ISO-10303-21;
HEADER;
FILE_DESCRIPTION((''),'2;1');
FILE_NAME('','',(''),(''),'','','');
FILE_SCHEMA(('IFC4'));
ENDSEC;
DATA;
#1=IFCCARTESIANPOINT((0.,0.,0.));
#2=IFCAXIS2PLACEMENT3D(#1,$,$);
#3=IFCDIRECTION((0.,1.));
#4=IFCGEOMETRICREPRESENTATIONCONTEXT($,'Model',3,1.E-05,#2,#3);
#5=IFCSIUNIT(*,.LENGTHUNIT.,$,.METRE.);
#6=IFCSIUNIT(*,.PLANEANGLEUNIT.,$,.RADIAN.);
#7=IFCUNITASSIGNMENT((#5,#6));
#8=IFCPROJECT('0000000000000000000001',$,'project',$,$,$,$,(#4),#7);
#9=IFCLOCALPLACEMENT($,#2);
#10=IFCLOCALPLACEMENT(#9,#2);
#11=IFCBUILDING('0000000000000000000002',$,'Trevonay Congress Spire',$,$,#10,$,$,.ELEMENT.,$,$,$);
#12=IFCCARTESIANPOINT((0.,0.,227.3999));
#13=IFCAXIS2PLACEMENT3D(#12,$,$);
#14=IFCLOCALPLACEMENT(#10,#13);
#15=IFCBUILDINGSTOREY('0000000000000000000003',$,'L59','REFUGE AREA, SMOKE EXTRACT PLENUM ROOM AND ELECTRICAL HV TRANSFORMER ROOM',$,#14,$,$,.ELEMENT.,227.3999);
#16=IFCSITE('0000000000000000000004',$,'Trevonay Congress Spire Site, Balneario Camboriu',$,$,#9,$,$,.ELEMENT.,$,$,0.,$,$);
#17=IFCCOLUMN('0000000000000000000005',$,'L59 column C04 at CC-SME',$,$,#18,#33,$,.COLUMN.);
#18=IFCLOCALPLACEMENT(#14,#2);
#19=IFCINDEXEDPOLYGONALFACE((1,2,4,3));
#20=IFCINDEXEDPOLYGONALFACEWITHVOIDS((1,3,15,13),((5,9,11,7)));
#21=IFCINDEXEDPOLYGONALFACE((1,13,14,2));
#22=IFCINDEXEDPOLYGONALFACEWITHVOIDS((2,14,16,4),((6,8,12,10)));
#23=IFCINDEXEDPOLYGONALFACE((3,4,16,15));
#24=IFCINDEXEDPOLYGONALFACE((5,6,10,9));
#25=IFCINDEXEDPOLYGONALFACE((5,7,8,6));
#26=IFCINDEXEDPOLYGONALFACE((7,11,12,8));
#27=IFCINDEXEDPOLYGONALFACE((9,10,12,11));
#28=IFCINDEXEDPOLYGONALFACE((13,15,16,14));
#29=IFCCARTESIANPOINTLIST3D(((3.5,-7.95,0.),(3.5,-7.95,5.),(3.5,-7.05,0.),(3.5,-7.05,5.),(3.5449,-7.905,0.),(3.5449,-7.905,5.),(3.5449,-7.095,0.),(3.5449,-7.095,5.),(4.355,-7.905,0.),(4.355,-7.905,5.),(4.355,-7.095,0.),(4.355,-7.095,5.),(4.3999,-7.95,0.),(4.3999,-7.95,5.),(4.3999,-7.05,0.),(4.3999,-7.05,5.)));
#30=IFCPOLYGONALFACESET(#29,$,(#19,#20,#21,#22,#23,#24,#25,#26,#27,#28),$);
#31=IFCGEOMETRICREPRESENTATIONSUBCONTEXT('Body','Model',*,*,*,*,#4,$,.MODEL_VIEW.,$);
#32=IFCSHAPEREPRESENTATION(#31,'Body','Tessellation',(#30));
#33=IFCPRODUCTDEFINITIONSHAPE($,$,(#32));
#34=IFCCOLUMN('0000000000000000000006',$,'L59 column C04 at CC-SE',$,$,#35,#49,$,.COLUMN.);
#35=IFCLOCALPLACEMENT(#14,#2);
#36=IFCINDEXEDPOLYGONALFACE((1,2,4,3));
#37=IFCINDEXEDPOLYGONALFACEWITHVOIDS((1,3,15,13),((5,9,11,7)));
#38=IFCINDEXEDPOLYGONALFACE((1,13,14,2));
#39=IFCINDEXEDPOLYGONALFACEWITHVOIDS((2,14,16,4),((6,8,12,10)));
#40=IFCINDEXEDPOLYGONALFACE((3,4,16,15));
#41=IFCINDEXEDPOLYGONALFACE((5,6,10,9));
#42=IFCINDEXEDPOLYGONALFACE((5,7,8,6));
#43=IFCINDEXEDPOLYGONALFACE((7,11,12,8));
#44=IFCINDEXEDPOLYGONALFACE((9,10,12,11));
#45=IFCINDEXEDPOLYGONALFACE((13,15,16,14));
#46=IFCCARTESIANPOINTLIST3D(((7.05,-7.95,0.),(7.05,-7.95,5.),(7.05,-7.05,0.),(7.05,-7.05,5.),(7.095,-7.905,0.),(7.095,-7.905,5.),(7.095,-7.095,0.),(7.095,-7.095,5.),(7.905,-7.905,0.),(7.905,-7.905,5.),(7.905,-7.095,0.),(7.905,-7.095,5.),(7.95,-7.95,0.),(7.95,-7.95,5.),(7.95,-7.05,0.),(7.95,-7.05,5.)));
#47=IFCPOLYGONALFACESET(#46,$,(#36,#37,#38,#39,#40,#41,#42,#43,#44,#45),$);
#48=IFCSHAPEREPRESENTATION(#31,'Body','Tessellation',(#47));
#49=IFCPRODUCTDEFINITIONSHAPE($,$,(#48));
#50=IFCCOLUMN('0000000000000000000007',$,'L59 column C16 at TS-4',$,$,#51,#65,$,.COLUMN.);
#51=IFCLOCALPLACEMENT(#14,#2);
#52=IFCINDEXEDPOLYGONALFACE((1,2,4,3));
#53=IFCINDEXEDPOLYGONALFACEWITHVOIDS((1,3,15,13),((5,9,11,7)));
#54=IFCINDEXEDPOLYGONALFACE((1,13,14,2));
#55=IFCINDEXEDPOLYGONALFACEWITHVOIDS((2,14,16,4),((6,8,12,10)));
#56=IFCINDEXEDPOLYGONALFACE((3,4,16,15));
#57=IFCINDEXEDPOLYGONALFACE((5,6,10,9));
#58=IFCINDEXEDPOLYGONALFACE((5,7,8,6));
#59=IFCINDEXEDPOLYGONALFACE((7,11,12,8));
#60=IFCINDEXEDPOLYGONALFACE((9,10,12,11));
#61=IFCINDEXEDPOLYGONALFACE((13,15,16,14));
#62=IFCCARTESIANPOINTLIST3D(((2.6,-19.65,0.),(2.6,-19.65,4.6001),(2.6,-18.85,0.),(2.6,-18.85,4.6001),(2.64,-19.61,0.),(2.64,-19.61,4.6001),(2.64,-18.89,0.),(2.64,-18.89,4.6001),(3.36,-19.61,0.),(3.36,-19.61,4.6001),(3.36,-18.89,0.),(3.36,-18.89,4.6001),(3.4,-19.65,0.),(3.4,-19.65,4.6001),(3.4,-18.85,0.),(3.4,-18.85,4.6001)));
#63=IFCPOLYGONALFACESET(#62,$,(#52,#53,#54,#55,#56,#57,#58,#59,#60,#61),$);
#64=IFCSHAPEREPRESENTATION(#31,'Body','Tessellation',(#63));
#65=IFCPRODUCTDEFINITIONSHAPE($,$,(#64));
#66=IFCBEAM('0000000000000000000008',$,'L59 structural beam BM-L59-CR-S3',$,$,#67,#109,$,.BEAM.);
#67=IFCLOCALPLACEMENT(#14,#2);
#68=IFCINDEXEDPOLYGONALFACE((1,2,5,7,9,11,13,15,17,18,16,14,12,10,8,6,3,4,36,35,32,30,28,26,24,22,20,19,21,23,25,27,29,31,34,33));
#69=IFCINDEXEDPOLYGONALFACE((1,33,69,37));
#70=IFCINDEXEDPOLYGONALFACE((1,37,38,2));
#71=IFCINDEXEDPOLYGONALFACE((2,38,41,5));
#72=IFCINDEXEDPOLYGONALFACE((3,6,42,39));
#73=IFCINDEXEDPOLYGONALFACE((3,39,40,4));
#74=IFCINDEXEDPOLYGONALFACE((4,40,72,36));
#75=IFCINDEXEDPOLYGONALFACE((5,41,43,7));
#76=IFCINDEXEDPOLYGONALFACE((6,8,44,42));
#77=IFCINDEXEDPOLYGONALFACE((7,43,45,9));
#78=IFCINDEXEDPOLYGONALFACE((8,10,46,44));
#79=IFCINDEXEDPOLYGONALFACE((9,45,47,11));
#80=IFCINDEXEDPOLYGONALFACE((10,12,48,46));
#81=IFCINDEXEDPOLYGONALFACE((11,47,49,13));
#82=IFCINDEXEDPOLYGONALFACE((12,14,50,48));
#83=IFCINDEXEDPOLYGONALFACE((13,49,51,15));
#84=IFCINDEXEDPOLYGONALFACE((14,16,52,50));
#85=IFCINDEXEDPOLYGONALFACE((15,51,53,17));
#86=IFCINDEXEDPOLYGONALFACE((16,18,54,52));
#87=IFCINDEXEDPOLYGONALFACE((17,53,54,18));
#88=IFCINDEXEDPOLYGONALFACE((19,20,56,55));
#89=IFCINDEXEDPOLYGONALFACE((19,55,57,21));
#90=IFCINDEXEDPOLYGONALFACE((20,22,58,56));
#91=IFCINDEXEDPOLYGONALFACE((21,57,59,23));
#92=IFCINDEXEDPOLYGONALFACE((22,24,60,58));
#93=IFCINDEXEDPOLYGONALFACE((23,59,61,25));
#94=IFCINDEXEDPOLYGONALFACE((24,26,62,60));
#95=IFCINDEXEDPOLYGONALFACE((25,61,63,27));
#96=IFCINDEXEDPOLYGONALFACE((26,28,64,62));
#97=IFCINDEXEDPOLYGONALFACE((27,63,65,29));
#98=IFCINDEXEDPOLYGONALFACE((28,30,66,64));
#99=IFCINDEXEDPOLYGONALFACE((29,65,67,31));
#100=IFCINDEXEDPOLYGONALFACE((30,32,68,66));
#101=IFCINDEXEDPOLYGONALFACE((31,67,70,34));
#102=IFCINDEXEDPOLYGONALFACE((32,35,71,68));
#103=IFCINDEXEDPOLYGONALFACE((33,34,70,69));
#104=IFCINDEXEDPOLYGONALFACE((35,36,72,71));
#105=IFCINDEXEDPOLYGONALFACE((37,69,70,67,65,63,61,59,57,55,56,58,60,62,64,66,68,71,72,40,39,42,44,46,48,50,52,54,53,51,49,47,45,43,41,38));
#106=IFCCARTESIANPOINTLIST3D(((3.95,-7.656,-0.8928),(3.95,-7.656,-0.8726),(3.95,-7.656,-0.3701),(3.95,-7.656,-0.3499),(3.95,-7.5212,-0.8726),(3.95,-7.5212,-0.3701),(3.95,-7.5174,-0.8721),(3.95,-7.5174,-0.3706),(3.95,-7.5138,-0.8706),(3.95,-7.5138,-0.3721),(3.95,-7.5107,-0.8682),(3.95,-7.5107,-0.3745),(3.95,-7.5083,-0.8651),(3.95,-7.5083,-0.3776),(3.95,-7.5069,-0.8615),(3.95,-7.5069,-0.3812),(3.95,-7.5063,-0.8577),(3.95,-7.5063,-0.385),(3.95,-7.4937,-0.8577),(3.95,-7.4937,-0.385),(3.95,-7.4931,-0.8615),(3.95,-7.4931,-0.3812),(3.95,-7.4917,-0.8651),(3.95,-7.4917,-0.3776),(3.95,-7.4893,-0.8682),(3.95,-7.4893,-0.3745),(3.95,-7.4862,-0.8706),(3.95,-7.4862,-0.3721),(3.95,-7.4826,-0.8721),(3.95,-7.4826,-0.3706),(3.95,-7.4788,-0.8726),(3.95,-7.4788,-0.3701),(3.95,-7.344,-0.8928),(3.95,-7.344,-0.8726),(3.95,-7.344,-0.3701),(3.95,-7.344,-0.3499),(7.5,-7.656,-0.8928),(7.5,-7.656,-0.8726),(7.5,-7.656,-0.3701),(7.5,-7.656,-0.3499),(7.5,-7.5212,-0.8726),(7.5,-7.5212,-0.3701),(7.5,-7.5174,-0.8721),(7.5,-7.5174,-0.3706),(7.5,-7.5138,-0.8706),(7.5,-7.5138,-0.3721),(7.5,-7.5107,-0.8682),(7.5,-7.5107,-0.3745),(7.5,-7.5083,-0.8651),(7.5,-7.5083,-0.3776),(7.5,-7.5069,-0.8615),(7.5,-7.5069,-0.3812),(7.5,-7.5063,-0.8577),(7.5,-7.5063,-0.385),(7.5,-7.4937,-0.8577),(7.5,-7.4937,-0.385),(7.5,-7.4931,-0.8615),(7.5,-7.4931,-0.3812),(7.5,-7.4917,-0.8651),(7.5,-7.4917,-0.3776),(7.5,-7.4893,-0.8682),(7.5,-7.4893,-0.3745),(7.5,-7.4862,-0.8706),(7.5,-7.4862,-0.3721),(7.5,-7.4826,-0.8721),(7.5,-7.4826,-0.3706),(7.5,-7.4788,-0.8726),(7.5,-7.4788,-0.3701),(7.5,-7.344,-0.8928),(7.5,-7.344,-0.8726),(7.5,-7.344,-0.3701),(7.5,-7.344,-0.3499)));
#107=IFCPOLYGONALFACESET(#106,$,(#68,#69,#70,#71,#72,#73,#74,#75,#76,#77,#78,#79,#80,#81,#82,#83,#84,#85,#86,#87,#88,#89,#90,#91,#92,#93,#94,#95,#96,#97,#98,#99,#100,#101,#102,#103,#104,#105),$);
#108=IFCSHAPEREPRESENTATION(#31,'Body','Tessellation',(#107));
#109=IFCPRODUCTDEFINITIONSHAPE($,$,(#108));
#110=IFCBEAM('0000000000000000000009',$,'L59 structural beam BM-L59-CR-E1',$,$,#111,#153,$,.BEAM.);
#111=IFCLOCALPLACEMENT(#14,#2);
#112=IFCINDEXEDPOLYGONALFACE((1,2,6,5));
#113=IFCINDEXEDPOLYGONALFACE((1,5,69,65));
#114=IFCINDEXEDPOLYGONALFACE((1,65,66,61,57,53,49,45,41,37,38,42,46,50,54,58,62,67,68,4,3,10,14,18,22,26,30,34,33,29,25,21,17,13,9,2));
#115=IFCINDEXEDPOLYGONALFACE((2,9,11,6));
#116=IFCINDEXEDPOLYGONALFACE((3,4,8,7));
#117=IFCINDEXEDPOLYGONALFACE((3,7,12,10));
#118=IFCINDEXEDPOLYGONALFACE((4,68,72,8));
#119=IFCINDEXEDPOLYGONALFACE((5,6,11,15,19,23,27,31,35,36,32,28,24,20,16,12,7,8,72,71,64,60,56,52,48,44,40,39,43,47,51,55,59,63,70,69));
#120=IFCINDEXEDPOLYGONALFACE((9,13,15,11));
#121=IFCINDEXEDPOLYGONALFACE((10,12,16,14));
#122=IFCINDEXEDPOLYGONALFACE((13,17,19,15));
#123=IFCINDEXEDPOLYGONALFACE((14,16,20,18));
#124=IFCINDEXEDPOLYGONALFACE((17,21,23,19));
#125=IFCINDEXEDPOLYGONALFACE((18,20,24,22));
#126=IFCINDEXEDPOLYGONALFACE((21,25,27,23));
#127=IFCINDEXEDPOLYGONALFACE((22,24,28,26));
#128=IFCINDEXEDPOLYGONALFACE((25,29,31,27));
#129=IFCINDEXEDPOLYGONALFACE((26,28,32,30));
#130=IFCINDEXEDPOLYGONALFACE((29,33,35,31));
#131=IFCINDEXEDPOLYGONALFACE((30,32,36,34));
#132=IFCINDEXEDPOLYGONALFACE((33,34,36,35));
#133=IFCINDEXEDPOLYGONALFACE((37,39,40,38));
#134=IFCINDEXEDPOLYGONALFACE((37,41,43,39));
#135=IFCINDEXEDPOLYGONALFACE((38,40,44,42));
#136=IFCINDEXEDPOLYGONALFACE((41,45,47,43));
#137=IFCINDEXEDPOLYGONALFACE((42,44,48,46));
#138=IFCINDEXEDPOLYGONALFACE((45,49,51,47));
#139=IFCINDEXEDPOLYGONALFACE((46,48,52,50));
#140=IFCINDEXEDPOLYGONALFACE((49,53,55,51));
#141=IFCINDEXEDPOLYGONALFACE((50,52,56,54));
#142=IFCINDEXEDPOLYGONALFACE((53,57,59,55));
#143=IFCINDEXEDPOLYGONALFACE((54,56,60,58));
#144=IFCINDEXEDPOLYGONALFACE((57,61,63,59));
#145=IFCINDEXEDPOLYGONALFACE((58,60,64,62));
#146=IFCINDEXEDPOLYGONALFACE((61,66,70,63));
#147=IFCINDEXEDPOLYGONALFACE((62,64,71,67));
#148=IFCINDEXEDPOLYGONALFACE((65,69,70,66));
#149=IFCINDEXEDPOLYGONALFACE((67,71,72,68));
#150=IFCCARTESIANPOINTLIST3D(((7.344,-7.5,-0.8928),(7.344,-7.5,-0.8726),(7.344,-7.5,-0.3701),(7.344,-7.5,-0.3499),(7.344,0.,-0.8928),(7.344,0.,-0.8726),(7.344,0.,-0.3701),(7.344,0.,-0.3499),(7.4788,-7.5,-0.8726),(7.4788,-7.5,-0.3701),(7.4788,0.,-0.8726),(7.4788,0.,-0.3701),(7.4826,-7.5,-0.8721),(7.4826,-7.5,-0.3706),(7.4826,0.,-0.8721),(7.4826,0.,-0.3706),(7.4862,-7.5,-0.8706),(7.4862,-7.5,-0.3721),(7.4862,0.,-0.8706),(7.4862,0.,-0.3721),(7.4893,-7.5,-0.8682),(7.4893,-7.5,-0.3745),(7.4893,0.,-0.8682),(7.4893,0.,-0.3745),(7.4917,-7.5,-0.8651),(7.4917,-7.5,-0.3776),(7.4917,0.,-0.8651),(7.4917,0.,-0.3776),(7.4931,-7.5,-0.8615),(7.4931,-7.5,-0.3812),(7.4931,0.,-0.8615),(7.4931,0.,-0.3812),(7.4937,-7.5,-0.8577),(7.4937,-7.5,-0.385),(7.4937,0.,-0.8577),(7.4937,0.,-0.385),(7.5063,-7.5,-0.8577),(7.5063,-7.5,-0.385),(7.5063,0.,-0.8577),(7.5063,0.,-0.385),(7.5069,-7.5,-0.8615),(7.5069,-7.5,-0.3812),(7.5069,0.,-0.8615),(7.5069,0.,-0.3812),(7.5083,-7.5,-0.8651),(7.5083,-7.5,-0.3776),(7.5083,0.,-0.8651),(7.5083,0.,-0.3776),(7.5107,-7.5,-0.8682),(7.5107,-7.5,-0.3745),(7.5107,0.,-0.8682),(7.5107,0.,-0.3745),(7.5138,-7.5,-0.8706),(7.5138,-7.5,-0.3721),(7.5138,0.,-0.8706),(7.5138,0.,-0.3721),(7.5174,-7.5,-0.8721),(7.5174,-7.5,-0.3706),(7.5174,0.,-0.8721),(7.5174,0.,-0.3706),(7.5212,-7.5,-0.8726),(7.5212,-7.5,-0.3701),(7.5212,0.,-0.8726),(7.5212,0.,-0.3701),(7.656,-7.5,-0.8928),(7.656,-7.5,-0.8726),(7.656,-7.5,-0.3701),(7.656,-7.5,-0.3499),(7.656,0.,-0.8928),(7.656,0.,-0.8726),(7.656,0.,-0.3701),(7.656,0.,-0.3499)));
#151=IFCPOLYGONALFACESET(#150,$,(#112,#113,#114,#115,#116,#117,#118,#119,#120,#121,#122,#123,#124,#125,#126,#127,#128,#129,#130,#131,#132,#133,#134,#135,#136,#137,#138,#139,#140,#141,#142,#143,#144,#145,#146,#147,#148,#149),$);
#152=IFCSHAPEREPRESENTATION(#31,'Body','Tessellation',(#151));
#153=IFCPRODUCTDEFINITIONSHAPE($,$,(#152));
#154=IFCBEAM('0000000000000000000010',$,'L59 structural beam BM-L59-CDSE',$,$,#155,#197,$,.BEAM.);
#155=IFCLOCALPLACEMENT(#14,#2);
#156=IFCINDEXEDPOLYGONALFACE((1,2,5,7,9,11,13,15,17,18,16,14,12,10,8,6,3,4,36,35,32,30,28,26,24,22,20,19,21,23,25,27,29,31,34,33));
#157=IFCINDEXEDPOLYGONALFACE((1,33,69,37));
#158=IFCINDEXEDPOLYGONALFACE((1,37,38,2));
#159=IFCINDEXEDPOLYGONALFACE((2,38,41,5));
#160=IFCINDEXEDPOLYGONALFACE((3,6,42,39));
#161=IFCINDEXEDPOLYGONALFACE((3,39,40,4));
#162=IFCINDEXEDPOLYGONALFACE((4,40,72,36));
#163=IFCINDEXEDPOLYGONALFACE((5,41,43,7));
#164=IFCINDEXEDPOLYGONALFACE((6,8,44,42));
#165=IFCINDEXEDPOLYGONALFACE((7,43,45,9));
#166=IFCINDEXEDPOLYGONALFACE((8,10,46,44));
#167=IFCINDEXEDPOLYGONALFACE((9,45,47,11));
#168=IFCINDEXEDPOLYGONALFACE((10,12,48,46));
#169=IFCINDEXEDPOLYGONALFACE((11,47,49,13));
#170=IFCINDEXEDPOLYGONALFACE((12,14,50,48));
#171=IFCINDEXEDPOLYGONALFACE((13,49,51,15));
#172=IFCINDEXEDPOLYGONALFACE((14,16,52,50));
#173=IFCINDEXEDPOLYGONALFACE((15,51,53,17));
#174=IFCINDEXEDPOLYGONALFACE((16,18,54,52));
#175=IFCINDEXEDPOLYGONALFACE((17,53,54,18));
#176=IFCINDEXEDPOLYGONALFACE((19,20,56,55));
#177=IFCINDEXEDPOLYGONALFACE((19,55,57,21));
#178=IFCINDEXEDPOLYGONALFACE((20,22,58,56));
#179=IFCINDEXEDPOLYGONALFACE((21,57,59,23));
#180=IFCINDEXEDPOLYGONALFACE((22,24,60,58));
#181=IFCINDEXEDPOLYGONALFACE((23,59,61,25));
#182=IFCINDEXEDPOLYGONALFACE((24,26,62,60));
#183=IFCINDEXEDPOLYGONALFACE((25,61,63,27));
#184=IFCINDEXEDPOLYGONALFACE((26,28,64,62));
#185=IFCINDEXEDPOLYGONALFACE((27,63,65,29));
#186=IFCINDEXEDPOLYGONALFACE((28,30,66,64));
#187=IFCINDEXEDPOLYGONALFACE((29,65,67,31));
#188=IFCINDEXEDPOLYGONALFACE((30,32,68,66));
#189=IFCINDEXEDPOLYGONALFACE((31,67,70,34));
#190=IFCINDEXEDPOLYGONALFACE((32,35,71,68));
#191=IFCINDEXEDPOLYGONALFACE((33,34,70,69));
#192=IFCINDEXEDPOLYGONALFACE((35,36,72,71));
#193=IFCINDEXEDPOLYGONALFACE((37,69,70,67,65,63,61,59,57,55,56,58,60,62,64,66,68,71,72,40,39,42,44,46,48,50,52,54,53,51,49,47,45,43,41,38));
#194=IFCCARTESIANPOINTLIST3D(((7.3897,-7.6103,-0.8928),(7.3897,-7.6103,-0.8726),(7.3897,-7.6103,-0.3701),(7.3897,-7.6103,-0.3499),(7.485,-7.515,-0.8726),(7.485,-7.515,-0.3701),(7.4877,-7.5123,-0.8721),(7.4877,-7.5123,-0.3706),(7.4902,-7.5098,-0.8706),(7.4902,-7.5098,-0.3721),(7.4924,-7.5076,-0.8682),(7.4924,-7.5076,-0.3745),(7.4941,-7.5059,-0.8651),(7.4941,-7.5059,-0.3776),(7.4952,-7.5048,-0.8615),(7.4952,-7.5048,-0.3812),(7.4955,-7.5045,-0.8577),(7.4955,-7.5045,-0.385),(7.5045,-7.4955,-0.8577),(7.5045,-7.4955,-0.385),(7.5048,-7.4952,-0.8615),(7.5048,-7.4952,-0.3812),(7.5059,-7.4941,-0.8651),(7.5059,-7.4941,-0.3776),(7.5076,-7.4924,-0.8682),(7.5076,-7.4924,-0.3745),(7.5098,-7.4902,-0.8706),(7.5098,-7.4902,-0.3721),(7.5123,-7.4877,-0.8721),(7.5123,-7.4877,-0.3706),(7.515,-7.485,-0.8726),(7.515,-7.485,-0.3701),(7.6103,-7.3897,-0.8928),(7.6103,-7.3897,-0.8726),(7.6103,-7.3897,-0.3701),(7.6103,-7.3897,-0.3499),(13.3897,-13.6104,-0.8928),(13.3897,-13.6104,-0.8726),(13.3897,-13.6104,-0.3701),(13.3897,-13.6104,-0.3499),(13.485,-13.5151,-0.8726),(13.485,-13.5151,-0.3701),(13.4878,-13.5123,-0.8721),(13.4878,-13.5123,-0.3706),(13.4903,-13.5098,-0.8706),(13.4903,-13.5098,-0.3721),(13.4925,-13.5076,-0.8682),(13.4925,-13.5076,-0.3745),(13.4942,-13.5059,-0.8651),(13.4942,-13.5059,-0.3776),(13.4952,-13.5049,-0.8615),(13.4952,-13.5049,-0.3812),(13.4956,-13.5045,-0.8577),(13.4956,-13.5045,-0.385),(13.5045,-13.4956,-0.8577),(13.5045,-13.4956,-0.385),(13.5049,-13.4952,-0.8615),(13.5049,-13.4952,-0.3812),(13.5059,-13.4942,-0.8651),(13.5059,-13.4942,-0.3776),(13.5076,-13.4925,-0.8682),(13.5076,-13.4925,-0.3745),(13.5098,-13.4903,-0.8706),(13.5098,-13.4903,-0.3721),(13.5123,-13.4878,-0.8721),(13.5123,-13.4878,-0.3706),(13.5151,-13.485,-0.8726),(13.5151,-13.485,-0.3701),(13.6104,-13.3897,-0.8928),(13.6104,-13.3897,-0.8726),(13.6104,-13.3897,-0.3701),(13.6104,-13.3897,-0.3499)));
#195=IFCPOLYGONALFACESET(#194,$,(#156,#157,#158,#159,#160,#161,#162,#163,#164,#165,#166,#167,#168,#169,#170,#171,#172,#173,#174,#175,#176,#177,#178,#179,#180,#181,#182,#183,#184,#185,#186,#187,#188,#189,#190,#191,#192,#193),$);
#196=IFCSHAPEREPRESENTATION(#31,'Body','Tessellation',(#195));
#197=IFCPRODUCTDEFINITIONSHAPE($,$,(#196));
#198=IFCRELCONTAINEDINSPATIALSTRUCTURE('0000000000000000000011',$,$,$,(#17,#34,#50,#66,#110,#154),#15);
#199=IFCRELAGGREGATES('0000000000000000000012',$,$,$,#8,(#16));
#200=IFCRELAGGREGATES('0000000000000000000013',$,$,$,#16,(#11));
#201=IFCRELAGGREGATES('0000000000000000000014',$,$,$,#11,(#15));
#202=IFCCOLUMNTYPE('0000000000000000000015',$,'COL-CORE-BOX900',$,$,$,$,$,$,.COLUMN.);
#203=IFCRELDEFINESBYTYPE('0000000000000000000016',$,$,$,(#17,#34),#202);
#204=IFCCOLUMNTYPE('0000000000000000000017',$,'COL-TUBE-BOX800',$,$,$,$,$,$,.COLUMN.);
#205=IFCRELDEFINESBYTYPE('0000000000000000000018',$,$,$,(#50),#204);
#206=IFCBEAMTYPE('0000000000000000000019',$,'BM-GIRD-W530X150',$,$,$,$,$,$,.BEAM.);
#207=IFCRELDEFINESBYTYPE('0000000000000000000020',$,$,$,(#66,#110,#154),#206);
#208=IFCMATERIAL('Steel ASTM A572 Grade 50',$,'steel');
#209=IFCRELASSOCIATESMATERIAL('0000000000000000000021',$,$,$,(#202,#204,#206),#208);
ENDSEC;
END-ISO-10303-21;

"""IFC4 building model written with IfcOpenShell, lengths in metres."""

from ifc_helpers import new_model, si_unit, direction, frame, origin, origin_2d, place, context, subcontext, project, spatial, hollow_rectangle, i_section, extrude, material, material_profile, profile_set, type_object, element, save


model = new_model("IFC4")

# Units and contexts
model_context = context("Model", 3, precision=1e-05, world=origin(), true_north=direction((0.0, 1.0)))
body_context = subcontext(model_context, "Body", "Model", "MODEL_VIEW")
ifc_project = project(units=[si_unit("LENGTHUNIT", "METRE"), si_unit("PLANEANGLEUNIT", "RADIAN")], contexts=[model_context])

# Site, building, storey
site_placement = place(None, origin())
site = spatial("IfcSite", under=ifc_project, at=site_placement, Name="Trevonay Congress Spire Site, Balneario Camboriu", CompositionType="ELEMENT", RefElevation=0.0)
building_placement = place(site_placement, origin())
building = spatial("IfcBuilding", under=site, at=building_placement, Name="Trevonay Congress Spire", CompositionType="ELEMENT")
storey_placement = place(building_placement, frame((0.0, 0.0, 227.3999)))
storey = spatial("IfcBuildingStorey", under=building, at=storey_placement, Name="L59", Description="REFUGE AREA, SMOKE EXTRACT PLENUM ROOM AND ELECTRICAL HV TRANSFORMER ROOM", CompositionType="ELEMENT", Elevation=227.3999)

# Columns
ifc_material_1 = material(Name="Steel ASTM A572 Grade 50", Category="steel")
ifc_material_profile_1 = material_profile(ifc_material_1, hollow_rectangle(XDim=0.8999, YDim=0.8999, WallThickness=0.0449, at=origin_2d()), Name="BOX 900x900x45")
ifc_profile_set_1 = profile_set([ifc_material_profile_1], Name="Steel ASTM A572 Grade 50")
column_type_1 = type_object("IfcColumnType", Name="COL-CORE-BOX900", PredefinedType="COLUMN", material=ifc_profile_set_1)
for number, where, z_axis, x_axis, name in (
    (1, (3.95, -7.5, 0.0), (0.0, 0.0, 1.0), (1.0, 0.0, 0.0), "L59 column C04 at CC-SME"),
    (2, (7.5, -7.5, 0.0), (0.0, 0.0, 1.0), (1.0, 0.0, 0.0), "L59 column C04 at CC-SE"),
):
    element("IfcColumn", number, at=place(storey_placement, frame(where, z_axis=z_axis, x_axis=x_axis)), inside=storey, type_object=column_type_1, Name=name, PredefinedType="COLUMN", context=body_context, shape_type="SweptSolid", body=[
        extrude(hollow_rectangle(XDim=0.8999, YDim=0.8999, WallThickness=0.0449, at=origin_2d()), origin(), (0.0, 0.0, 1.0), 5.0),
    ])
ifc_material_profile_2 = material_profile(ifc_material_1, hollow_rectangle(XDim=0.8, YDim=0.8, WallThickness=0.04, at=origin_2d()), Name="BOX 800x800x40")
ifc_profile_set_2 = profile_set([ifc_material_profile_2], Name="Steel ASTM A572 Grade 50")
column_type_2 = type_object("IfcColumnType", Name="COL-TUBE-BOX800", PredefinedType="COLUMN", material=ifc_profile_set_2)
column_placement = place(storey_placement, frame((3.0, -19.25, 0.0), z_axis=(0.0, 0.0, 1.0), x_axis=(1.0, 0.0, 0.0)))
element("IfcColumn", 3, at=column_placement, inside=storey, type_object=column_type_2, Name="L59 column C16 at TS-4", PredefinedType="COLUMN", context=body_context, shape_type="SweptSolid", body=[
    extrude(hollow_rectangle(XDim=0.8, YDim=0.8, WallThickness=0.04, at=origin_2d()), origin(), (0.0, 0.0, 1.0), 4.6001),
])

# Beams
ifc_material_profile_3 = material_profile(ifc_material_1, i_section(OverallWidth=0.312, OverallDepth=0.543, WebThickness=0.0127, FlangeThickness=0.0203, FilletRadius=0.0149, at=origin_2d()), Name="W530x150")
ifc_profile_set_3 = profile_set([ifc_material_profile_3], Name="Steel ASTM A572 Grade 50")
beam_type_1 = type_object("IfcBeamType", Name="BM-GIRD-W530X150", PredefinedType="BEAM", material=ifc_profile_set_3)
beam_1_placement = place(storey_placement, frame((3.95, -7.5, -0.6213), z_axis=(1.0, 0.0, 0.0), x_axis=(0.0, 1.0, 0.0)))
element("IfcBeam", 4, at=beam_1_placement, inside=storey, type_object=beam_type_1, Name="L59 structural beam BM-L59-CR-S3", PredefinedType="BEAM", context=body_context, shape_type="SweptSolid", body=[
    extrude(i_section(OverallWidth=0.312, OverallDepth=0.543, WebThickness=0.0127, FlangeThickness=0.0203, FilletRadius=0.0149, at=origin_2d()), origin(), (0.0, 0.0, 1.0), 3.55),
])
beam_2_placement = place(storey_placement, frame((7.5, -7.5, -0.6213), z_axis=(0.0, 1.0, 0.0), x_axis=(-1.0, 0.0, 0.0)))
element("IfcBeam", 5, at=beam_2_placement, inside=storey, type_object=beam_type_1, Name="L59 structural beam BM-L59-CR-E1", PredefinedType="BEAM", context=body_context, shape_type="SweptSolid", body=[
    extrude(i_section(OverallWidth=0.312, OverallDepth=0.543, WebThickness=0.0127, FlangeThickness=0.0203, FilletRadius=0.0149, at=origin_2d()), origin(), (0.0, 0.0, 1.0), 7.5),
])
beam_3_placement = place(storey_placement, frame((7.5, -7.5, -0.6213), z_axis=(0.707107, -0.707107, 0.0), x_axis=(0.707107, 0.707107, 0.0)))
element("IfcBeam", 6, at=beam_3_placement, inside=storey, type_object=beam_type_1, Name="L59 structural beam BM-L59-CDSE", PredefinedType="BEAM", context=body_context, shape_type="SweptSolid", body=[
    extrude(i_section(OverallWidth=0.312, OverallDepth=0.543, WebThickness=0.0127, FlangeThickness=0.0203, FilletRadius=0.0149, at=origin_2d()), origin(), (0.0, 0.0, 1.0), 8.4854),
])

save(model, "model.ifc")
